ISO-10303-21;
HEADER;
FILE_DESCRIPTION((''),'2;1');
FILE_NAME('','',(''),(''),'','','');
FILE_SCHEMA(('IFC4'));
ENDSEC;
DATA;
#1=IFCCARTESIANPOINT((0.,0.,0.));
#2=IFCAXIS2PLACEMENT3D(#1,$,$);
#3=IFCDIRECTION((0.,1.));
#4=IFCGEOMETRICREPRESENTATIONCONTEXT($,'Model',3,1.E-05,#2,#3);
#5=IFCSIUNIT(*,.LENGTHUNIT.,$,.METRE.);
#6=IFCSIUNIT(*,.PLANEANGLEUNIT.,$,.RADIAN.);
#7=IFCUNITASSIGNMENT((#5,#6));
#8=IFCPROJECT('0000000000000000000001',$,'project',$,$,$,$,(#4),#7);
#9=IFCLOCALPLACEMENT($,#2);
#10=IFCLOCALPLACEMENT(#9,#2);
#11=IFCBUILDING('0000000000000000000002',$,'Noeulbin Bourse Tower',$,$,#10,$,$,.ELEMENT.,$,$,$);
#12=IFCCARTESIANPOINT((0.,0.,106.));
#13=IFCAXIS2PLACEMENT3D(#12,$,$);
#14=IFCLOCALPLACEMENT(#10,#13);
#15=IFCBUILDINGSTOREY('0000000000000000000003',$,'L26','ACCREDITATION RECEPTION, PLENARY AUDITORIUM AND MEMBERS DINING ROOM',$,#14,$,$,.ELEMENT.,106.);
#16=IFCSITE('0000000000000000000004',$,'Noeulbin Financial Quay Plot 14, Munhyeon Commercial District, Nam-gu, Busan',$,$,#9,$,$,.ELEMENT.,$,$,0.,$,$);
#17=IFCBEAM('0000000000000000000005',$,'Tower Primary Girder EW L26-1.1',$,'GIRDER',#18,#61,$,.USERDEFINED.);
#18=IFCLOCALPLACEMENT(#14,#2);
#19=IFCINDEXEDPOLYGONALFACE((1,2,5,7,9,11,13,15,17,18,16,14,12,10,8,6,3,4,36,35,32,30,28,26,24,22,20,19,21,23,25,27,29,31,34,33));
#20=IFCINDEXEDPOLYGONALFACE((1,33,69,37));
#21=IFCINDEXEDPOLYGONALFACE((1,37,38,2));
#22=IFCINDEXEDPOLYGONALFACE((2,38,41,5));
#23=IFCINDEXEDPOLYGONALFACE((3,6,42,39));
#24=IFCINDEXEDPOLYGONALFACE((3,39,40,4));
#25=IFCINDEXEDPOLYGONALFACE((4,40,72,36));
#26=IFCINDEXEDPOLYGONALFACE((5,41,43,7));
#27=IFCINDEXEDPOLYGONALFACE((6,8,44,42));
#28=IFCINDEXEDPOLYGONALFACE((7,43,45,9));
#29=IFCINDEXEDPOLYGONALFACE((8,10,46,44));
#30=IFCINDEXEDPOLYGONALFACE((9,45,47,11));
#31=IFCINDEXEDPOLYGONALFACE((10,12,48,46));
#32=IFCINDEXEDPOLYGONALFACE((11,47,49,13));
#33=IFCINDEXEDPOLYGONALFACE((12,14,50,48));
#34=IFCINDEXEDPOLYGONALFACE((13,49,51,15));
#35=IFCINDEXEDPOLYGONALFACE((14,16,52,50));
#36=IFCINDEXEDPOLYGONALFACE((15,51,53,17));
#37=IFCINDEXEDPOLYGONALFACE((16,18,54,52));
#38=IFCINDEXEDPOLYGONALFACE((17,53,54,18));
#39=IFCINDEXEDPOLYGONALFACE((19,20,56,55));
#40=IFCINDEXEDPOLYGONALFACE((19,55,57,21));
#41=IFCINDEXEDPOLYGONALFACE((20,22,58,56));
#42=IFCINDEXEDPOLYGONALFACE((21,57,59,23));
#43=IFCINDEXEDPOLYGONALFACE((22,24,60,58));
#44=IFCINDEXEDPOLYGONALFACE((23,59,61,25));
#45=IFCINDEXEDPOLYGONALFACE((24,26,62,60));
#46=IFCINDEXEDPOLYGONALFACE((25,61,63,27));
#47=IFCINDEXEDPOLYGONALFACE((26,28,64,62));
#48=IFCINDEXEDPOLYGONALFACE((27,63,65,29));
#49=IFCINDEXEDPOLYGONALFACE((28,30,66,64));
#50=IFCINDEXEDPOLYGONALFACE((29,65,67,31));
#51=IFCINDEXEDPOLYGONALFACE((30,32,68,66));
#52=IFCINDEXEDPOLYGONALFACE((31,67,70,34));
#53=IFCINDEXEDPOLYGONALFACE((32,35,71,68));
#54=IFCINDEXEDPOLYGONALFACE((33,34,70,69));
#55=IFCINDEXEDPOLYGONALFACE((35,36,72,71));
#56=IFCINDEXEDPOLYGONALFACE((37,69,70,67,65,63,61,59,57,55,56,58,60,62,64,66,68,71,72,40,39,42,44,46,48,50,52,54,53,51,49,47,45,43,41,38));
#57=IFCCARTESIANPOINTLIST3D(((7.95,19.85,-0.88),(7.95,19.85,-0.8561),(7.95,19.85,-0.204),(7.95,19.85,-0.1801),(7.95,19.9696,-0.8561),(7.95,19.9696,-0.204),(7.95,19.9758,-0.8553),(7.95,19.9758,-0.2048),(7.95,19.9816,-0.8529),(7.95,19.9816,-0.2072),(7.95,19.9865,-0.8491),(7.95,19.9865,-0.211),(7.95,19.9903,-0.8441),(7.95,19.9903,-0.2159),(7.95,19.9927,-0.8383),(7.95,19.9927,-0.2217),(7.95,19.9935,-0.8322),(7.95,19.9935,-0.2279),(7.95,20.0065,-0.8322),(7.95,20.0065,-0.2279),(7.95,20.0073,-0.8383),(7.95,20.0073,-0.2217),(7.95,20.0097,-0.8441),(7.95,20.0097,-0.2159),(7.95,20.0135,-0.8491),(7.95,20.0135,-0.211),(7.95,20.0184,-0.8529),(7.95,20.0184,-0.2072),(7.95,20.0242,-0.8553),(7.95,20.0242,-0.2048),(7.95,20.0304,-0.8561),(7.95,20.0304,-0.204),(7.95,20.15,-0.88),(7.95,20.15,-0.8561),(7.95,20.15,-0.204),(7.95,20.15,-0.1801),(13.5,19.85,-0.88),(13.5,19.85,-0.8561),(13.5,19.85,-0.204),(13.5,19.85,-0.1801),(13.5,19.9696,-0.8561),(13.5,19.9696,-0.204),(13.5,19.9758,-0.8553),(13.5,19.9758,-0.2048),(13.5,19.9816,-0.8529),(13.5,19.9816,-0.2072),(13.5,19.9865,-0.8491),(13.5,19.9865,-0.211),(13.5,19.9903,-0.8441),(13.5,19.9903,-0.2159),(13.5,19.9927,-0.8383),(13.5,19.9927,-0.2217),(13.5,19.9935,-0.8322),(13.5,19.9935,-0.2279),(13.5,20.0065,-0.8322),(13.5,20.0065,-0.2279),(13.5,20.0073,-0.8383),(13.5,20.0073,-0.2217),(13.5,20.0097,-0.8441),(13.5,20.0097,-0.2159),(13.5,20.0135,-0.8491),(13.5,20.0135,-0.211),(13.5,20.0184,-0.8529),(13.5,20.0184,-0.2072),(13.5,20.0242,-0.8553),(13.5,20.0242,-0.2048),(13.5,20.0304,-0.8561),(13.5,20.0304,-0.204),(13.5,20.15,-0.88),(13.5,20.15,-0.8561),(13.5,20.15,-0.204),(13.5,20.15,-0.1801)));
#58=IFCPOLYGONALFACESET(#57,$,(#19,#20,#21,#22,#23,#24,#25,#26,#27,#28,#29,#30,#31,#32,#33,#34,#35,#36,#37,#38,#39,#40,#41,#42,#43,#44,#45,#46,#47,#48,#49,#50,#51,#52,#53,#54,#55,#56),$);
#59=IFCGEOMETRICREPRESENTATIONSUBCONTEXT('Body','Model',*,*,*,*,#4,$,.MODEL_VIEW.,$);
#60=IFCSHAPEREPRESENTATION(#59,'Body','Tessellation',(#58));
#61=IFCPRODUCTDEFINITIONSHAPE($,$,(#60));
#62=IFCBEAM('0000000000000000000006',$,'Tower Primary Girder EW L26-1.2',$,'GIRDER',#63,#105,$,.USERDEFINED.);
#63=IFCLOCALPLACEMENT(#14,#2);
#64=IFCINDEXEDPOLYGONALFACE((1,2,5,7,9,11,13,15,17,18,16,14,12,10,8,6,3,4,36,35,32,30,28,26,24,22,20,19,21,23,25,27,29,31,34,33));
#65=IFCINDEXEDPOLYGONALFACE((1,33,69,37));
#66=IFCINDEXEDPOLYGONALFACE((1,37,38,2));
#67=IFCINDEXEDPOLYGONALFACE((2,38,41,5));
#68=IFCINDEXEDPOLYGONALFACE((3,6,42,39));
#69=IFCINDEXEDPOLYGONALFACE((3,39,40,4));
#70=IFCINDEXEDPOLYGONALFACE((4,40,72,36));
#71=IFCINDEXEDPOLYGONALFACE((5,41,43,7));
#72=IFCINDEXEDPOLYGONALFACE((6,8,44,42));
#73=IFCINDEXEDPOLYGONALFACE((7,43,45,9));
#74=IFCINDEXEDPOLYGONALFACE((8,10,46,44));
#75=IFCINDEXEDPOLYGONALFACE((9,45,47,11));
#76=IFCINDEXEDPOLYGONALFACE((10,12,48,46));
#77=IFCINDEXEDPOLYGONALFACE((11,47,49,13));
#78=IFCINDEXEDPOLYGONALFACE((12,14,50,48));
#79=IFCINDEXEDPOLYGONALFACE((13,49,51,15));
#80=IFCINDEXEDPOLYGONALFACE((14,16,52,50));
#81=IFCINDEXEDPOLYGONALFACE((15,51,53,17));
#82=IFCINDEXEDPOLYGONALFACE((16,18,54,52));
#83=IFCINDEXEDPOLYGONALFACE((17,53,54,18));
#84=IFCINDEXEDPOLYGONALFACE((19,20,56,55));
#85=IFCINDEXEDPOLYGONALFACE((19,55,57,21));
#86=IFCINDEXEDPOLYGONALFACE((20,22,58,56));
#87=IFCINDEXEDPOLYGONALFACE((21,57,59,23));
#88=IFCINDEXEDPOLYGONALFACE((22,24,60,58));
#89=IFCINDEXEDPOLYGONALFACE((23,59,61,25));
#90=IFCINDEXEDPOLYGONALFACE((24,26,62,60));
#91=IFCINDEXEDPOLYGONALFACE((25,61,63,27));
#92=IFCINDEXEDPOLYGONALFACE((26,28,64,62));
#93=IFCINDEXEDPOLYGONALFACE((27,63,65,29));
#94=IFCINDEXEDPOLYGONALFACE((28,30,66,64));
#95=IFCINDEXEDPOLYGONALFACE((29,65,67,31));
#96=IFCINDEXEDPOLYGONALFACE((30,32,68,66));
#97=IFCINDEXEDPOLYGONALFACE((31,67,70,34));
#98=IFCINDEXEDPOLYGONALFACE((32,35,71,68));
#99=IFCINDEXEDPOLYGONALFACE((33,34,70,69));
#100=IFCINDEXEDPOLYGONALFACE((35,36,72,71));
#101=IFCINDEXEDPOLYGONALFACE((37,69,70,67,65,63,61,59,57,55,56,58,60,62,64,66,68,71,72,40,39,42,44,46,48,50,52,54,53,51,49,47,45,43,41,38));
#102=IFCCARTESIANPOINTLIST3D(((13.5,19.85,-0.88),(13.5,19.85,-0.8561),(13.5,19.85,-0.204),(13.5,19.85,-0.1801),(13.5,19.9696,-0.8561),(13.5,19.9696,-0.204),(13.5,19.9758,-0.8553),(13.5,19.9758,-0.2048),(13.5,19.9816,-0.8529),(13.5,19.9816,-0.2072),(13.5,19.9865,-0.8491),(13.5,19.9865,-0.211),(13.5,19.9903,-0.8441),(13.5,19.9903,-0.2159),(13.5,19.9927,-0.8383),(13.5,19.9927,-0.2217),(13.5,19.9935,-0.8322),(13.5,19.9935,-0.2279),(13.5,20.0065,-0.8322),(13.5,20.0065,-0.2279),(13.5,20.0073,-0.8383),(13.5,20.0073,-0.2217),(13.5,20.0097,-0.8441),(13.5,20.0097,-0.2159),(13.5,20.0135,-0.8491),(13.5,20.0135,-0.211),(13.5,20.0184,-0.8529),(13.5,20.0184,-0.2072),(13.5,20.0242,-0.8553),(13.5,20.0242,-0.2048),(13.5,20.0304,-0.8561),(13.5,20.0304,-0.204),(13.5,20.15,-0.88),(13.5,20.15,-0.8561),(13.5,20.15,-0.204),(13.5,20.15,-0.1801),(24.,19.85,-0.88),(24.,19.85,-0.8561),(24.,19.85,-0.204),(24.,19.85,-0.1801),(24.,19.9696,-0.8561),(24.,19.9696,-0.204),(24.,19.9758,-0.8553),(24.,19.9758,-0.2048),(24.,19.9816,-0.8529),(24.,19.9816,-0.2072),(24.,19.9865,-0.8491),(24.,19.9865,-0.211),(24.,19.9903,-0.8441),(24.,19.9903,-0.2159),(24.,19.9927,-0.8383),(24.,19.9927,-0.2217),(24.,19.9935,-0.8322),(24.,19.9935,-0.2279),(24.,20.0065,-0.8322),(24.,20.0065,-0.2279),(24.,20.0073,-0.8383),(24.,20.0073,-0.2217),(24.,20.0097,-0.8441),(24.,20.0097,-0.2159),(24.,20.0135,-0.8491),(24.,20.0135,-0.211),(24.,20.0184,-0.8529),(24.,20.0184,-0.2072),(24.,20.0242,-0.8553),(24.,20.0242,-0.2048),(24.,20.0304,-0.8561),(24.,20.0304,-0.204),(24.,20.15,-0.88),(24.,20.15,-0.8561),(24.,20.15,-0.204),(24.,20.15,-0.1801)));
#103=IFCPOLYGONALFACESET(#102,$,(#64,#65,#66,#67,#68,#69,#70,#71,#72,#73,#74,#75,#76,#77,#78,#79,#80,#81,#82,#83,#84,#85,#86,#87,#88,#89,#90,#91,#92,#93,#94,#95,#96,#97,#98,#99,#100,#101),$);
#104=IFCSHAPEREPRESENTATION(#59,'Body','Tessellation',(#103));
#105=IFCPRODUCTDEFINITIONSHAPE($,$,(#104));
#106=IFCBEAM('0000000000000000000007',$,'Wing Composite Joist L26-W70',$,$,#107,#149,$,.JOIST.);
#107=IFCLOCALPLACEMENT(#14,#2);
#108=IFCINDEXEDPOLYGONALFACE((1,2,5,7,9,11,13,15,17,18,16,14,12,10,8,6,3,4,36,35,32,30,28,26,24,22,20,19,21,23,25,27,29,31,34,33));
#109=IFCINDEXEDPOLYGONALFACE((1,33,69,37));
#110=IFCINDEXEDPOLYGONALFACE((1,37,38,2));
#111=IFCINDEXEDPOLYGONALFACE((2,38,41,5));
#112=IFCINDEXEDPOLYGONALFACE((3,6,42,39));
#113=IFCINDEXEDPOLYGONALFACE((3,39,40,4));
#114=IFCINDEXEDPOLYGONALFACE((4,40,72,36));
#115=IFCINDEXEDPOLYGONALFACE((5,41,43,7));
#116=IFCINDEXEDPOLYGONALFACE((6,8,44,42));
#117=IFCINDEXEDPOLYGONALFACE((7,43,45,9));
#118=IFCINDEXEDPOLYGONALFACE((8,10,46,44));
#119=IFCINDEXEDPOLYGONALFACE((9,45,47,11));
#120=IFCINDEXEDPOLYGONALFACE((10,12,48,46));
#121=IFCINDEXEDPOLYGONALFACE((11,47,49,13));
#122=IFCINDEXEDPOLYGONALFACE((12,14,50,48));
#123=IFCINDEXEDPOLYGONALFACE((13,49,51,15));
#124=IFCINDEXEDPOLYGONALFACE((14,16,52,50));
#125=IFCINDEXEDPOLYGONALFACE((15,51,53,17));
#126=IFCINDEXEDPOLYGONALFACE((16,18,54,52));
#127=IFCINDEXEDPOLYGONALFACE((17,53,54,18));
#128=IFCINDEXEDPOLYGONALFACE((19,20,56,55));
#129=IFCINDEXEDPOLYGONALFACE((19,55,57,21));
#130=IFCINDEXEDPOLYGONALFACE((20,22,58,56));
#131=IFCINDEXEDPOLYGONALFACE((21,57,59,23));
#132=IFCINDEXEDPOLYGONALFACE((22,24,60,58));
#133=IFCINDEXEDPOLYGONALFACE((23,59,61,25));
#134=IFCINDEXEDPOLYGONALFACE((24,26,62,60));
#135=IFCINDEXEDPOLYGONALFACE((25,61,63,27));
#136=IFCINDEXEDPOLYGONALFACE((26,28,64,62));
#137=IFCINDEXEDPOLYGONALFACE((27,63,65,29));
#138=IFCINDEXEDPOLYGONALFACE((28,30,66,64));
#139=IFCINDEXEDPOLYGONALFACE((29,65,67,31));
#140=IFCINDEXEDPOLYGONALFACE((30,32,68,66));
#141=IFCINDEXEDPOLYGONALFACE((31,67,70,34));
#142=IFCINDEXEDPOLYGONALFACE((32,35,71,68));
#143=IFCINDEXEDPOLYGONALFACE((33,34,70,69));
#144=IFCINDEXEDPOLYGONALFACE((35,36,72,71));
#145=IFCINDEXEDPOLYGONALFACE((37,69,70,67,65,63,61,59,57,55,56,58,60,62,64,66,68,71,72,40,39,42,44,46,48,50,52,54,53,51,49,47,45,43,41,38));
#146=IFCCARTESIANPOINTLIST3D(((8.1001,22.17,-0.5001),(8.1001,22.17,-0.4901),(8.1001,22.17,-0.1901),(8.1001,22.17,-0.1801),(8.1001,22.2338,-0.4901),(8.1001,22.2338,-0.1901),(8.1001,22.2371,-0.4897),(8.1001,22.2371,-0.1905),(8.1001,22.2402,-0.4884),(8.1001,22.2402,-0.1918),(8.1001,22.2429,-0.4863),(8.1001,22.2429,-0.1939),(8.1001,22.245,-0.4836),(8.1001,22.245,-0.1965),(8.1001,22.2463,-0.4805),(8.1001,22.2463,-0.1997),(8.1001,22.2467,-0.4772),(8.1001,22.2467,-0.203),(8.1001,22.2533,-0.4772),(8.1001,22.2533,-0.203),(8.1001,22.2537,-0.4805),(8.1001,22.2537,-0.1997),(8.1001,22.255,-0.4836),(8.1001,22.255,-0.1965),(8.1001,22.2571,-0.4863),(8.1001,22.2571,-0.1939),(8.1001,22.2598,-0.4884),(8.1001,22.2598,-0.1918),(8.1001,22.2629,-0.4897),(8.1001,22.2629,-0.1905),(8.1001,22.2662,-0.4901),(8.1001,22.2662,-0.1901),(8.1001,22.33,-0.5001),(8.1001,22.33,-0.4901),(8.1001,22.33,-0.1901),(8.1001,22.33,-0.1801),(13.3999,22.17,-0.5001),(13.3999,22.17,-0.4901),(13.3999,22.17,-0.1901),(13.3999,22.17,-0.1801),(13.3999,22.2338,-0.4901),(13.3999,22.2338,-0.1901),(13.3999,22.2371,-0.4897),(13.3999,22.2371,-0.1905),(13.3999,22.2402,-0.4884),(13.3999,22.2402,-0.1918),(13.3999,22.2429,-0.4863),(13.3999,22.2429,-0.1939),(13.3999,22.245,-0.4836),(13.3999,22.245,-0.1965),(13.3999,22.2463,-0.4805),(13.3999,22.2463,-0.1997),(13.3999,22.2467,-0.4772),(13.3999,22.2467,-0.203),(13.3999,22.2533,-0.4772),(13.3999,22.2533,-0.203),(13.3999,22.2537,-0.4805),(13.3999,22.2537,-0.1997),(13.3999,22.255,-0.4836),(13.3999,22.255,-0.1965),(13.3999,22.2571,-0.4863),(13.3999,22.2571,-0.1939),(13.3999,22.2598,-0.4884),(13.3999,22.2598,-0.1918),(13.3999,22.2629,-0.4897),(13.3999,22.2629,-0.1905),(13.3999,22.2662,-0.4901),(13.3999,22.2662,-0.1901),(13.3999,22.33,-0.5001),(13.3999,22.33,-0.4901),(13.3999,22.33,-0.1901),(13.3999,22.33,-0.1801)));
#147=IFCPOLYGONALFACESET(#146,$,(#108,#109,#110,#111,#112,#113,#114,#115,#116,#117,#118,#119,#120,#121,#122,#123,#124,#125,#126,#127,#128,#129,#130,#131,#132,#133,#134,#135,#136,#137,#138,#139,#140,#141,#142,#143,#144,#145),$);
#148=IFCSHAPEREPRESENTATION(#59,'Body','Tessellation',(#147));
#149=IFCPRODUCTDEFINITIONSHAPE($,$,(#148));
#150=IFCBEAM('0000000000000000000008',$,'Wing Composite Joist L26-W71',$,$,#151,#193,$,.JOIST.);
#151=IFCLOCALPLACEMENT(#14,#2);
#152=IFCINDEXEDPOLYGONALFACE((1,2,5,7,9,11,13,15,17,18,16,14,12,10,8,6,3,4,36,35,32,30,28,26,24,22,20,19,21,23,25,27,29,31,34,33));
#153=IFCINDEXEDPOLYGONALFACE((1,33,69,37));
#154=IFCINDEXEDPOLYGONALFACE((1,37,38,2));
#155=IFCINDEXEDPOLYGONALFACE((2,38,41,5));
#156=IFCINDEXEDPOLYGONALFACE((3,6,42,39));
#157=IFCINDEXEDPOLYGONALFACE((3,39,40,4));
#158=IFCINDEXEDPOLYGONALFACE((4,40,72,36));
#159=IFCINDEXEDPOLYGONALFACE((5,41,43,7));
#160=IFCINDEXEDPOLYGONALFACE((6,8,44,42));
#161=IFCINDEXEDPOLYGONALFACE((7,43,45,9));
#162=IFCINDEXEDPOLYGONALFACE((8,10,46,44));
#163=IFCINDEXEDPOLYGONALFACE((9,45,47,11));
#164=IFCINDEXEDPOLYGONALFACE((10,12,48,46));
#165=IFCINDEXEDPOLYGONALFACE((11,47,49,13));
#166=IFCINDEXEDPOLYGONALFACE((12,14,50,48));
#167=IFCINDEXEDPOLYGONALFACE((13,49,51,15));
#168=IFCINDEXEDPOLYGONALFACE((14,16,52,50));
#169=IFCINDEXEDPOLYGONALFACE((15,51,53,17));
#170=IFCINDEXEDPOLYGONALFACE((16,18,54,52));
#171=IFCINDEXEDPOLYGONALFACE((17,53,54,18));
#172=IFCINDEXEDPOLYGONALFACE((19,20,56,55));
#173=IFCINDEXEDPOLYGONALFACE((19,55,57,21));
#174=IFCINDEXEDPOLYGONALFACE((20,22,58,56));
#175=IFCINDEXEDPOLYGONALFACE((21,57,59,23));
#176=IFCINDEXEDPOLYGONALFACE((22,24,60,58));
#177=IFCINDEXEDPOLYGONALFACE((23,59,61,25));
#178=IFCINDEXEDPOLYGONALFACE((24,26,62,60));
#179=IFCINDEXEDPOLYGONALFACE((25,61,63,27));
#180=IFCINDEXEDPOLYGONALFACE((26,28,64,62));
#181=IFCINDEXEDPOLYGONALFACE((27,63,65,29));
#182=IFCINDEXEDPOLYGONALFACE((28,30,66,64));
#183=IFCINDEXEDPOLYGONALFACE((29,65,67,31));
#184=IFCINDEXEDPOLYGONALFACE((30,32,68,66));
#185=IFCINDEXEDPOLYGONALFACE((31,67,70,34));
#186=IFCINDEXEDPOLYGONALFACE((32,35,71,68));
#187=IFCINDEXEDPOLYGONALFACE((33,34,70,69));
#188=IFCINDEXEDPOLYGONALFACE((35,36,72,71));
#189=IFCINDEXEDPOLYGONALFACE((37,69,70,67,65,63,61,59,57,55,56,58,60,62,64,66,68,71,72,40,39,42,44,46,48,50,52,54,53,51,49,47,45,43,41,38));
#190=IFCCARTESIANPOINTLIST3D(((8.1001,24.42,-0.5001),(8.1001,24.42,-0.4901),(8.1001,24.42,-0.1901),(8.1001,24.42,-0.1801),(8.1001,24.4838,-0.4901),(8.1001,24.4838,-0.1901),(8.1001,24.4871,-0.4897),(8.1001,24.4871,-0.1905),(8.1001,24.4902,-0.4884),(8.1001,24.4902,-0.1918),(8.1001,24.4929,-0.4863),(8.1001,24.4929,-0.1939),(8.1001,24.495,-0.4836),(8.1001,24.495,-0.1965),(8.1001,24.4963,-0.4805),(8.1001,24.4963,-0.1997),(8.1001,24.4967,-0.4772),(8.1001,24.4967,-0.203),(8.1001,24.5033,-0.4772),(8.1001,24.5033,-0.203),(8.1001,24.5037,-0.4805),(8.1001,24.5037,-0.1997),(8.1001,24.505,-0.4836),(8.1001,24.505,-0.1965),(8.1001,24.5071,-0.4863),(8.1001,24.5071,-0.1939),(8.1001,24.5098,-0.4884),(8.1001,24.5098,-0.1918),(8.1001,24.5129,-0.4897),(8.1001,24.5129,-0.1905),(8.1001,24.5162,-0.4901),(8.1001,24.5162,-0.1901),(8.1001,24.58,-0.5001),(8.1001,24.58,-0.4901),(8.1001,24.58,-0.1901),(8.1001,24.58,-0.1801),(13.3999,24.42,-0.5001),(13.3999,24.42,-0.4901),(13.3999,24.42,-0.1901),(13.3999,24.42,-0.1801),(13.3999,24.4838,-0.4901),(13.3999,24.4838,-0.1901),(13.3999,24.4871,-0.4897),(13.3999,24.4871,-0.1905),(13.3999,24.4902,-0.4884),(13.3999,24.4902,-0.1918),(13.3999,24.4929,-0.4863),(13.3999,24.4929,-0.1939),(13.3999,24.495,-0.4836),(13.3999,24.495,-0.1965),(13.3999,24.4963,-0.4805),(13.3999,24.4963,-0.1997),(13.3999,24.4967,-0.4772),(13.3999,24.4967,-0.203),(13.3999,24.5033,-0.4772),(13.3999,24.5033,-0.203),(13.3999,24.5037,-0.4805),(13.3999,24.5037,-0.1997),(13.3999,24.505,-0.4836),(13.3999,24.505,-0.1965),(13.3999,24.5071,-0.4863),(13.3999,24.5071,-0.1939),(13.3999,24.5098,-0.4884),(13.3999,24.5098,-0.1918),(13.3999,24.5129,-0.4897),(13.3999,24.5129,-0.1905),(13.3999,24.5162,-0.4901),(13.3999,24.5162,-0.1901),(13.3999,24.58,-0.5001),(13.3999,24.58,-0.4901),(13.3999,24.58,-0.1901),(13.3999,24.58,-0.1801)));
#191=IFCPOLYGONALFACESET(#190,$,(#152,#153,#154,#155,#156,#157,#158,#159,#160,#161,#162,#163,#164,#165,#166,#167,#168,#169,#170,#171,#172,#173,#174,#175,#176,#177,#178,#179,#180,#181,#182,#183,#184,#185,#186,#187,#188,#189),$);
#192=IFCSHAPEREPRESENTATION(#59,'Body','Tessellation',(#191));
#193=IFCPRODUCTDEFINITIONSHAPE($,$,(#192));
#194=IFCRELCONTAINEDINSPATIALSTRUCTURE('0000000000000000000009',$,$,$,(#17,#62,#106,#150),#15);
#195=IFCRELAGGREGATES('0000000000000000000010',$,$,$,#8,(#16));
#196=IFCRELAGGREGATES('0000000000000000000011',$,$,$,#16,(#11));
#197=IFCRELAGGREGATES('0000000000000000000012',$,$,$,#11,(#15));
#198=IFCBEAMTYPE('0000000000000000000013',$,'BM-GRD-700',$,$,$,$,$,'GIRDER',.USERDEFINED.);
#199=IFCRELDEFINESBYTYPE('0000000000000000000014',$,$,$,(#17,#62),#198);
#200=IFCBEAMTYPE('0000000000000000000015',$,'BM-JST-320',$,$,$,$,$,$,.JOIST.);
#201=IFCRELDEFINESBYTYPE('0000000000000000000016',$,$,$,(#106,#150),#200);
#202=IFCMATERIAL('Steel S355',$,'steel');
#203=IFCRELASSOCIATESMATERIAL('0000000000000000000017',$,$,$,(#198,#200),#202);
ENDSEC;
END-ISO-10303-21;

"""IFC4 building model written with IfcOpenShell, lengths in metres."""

from ifc_helpers import new_model, si_unit, direction, frame, origin, origin_2d, place, context, subcontext, project, spatial, i_section, extrude, material, material_profile, profile_set, type_object, element, save


model = new_model("IFC4")

# Units and contexts
model_context = context("Model", 3, precision=1e-05, world=origin(), true_north=direction((0.0, 1.0)))
body_context = subcontext(model_context, "Body", "Model", "MODEL_VIEW")
ifc_project = project(units=[si_unit("LENGTHUNIT", "METRE"), si_unit("PLANEANGLEUNIT", "RADIAN")], contexts=[model_context])

# Site, building, storey
site_placement = place(None, origin())
site = spatial("IfcSite", under=ifc_project, at=site_placement, Name="Noeulbin Financial Quay Plot 14, Munhyeon Commercial District, Nam-gu, Busan", CompositionType="ELEMENT", RefElevation=0.0)
building_placement = place(site_placement, origin())
building = spatial("IfcBuilding", under=site, at=building_placement, Name="Noeulbin Bourse Tower", CompositionType="ELEMENT")
storey_placement = place(building_placement, frame((0.0, 0.0, 106.0)))
storey = spatial("IfcBuildingStorey", under=building, at=storey_placement, Name="L26", Description="ACCREDITATION RECEPTION, PLENARY AUDITORIUM AND MEMBERS DINING ROOM", CompositionType="ELEMENT", Elevation=106.0)

# Shared definitions
ifc_material_1 = material(Name="Steel S355", Category="steel")

# Beams
ifc_material_profile_1 = material_profile(ifc_material_1, i_section(OverallWidth=0.3, OverallDepth=0.7, WebThickness=0.0129, FlangeThickness=0.0239, FilletRadius=0.0239, at=origin_2d()), Name="H-700x300x13x24", Category="LoadBearing")
ifc_profile_set_1 = profile_set([ifc_material_profile_1], Name="Steel S355")
beam_type_1 = type_object("IfcBeamType", Name="BM-GRD-700", ElementType="GIRDER", PredefinedType="USERDEFINED", material=ifc_profile_set_1)
beam_1_placement = place(storey_placement, frame((7.95, 20.0, -0.53), z_axis=(1.0, 0.0, 0.0), x_axis=(0.0, 1.0, 0.0)))
element("IfcBeam", 1, at=beam_1_placement, inside=storey, type_object=beam_type_1, Name="Tower Primary Girder EW L26-1.1", ObjectType="GIRDER", PredefinedType="USERDEFINED", context=body_context, shape_type="SweptSolid", body=[
    extrude(i_section(OverallWidth=0.3, OverallDepth=0.7, WebThickness=0.0129, FlangeThickness=0.0239, FilletRadius=0.0239, at=origin_2d()), origin(), (0.0, 0.0, 1.0), 5.55),
])
beam_2_placement = place(storey_placement, frame((13.5, 20.0, -0.53), z_axis=(1.0, 0.0, 0.0), x_axis=(0.0, 1.0, 0.0)))
element("IfcBeam", 2, at=beam_2_placement, inside=storey, type_object=beam_type_1, Name="Tower Primary Girder EW L26-1.2", ObjectType="GIRDER", PredefinedType="USERDEFINED", context=body_context, shape_type="SweptSolid", body=[
    extrude(i_section(OverallWidth=0.3, OverallDepth=0.7, WebThickness=0.0129, FlangeThickness=0.0239, FilletRadius=0.0239, at=origin_2d()), origin(), (0.0, 0.0, 1.0), 10.5),
])
ifc_material_profile_2 = material_profile(ifc_material_1, i_section(OverallWidth=0.1599, OverallDepth=0.3201, WebThickness=0.0066, FlangeThickness=0.01, FilletRadius=0.0129, at=origin_2d()), Name="H-320x160x6.5x10", Category="LoadBearing")
ifc_profile_set_2 = profile_set([ifc_material_profile_2], Name="Steel S355")
beam_type_2 = type_object("IfcBeamType", Name="BM-JST-320", PredefinedType="JOIST", material=ifc_profile_set_2)
for number, where, z_axis, x_axis, name in (
    (3, (8.1001, 22.25, -0.3401), (1.0, 0.0, 0.0), (0.0, 1.0, 0.0), "Wing Composite Joist L26-W70"),
    (4, (8.1001, 24.5, -0.3401), (1.0, 0.0, 0.0), (0.0, 1.0, 0.0), "Wing Composite Joist L26-W71"),
):
    element("IfcBeam", number, at=place(storey_placement, frame(where, z_axis=z_axis, x_axis=x_axis)), inside=storey, type_object=beam_type_2, Name=name, PredefinedType="JOIST", context=body_context, shape_type="SweptSolid", body=[
        extrude(i_section(OverallWidth=0.1599, OverallDepth=0.3201, WebThickness=0.0066, FlangeThickness=0.01, FilletRadius=0.0129, at=origin_2d()), origin(), (0.0, 0.0, 1.0), 5.2998),
    ])

save(model, "model.ifc")
